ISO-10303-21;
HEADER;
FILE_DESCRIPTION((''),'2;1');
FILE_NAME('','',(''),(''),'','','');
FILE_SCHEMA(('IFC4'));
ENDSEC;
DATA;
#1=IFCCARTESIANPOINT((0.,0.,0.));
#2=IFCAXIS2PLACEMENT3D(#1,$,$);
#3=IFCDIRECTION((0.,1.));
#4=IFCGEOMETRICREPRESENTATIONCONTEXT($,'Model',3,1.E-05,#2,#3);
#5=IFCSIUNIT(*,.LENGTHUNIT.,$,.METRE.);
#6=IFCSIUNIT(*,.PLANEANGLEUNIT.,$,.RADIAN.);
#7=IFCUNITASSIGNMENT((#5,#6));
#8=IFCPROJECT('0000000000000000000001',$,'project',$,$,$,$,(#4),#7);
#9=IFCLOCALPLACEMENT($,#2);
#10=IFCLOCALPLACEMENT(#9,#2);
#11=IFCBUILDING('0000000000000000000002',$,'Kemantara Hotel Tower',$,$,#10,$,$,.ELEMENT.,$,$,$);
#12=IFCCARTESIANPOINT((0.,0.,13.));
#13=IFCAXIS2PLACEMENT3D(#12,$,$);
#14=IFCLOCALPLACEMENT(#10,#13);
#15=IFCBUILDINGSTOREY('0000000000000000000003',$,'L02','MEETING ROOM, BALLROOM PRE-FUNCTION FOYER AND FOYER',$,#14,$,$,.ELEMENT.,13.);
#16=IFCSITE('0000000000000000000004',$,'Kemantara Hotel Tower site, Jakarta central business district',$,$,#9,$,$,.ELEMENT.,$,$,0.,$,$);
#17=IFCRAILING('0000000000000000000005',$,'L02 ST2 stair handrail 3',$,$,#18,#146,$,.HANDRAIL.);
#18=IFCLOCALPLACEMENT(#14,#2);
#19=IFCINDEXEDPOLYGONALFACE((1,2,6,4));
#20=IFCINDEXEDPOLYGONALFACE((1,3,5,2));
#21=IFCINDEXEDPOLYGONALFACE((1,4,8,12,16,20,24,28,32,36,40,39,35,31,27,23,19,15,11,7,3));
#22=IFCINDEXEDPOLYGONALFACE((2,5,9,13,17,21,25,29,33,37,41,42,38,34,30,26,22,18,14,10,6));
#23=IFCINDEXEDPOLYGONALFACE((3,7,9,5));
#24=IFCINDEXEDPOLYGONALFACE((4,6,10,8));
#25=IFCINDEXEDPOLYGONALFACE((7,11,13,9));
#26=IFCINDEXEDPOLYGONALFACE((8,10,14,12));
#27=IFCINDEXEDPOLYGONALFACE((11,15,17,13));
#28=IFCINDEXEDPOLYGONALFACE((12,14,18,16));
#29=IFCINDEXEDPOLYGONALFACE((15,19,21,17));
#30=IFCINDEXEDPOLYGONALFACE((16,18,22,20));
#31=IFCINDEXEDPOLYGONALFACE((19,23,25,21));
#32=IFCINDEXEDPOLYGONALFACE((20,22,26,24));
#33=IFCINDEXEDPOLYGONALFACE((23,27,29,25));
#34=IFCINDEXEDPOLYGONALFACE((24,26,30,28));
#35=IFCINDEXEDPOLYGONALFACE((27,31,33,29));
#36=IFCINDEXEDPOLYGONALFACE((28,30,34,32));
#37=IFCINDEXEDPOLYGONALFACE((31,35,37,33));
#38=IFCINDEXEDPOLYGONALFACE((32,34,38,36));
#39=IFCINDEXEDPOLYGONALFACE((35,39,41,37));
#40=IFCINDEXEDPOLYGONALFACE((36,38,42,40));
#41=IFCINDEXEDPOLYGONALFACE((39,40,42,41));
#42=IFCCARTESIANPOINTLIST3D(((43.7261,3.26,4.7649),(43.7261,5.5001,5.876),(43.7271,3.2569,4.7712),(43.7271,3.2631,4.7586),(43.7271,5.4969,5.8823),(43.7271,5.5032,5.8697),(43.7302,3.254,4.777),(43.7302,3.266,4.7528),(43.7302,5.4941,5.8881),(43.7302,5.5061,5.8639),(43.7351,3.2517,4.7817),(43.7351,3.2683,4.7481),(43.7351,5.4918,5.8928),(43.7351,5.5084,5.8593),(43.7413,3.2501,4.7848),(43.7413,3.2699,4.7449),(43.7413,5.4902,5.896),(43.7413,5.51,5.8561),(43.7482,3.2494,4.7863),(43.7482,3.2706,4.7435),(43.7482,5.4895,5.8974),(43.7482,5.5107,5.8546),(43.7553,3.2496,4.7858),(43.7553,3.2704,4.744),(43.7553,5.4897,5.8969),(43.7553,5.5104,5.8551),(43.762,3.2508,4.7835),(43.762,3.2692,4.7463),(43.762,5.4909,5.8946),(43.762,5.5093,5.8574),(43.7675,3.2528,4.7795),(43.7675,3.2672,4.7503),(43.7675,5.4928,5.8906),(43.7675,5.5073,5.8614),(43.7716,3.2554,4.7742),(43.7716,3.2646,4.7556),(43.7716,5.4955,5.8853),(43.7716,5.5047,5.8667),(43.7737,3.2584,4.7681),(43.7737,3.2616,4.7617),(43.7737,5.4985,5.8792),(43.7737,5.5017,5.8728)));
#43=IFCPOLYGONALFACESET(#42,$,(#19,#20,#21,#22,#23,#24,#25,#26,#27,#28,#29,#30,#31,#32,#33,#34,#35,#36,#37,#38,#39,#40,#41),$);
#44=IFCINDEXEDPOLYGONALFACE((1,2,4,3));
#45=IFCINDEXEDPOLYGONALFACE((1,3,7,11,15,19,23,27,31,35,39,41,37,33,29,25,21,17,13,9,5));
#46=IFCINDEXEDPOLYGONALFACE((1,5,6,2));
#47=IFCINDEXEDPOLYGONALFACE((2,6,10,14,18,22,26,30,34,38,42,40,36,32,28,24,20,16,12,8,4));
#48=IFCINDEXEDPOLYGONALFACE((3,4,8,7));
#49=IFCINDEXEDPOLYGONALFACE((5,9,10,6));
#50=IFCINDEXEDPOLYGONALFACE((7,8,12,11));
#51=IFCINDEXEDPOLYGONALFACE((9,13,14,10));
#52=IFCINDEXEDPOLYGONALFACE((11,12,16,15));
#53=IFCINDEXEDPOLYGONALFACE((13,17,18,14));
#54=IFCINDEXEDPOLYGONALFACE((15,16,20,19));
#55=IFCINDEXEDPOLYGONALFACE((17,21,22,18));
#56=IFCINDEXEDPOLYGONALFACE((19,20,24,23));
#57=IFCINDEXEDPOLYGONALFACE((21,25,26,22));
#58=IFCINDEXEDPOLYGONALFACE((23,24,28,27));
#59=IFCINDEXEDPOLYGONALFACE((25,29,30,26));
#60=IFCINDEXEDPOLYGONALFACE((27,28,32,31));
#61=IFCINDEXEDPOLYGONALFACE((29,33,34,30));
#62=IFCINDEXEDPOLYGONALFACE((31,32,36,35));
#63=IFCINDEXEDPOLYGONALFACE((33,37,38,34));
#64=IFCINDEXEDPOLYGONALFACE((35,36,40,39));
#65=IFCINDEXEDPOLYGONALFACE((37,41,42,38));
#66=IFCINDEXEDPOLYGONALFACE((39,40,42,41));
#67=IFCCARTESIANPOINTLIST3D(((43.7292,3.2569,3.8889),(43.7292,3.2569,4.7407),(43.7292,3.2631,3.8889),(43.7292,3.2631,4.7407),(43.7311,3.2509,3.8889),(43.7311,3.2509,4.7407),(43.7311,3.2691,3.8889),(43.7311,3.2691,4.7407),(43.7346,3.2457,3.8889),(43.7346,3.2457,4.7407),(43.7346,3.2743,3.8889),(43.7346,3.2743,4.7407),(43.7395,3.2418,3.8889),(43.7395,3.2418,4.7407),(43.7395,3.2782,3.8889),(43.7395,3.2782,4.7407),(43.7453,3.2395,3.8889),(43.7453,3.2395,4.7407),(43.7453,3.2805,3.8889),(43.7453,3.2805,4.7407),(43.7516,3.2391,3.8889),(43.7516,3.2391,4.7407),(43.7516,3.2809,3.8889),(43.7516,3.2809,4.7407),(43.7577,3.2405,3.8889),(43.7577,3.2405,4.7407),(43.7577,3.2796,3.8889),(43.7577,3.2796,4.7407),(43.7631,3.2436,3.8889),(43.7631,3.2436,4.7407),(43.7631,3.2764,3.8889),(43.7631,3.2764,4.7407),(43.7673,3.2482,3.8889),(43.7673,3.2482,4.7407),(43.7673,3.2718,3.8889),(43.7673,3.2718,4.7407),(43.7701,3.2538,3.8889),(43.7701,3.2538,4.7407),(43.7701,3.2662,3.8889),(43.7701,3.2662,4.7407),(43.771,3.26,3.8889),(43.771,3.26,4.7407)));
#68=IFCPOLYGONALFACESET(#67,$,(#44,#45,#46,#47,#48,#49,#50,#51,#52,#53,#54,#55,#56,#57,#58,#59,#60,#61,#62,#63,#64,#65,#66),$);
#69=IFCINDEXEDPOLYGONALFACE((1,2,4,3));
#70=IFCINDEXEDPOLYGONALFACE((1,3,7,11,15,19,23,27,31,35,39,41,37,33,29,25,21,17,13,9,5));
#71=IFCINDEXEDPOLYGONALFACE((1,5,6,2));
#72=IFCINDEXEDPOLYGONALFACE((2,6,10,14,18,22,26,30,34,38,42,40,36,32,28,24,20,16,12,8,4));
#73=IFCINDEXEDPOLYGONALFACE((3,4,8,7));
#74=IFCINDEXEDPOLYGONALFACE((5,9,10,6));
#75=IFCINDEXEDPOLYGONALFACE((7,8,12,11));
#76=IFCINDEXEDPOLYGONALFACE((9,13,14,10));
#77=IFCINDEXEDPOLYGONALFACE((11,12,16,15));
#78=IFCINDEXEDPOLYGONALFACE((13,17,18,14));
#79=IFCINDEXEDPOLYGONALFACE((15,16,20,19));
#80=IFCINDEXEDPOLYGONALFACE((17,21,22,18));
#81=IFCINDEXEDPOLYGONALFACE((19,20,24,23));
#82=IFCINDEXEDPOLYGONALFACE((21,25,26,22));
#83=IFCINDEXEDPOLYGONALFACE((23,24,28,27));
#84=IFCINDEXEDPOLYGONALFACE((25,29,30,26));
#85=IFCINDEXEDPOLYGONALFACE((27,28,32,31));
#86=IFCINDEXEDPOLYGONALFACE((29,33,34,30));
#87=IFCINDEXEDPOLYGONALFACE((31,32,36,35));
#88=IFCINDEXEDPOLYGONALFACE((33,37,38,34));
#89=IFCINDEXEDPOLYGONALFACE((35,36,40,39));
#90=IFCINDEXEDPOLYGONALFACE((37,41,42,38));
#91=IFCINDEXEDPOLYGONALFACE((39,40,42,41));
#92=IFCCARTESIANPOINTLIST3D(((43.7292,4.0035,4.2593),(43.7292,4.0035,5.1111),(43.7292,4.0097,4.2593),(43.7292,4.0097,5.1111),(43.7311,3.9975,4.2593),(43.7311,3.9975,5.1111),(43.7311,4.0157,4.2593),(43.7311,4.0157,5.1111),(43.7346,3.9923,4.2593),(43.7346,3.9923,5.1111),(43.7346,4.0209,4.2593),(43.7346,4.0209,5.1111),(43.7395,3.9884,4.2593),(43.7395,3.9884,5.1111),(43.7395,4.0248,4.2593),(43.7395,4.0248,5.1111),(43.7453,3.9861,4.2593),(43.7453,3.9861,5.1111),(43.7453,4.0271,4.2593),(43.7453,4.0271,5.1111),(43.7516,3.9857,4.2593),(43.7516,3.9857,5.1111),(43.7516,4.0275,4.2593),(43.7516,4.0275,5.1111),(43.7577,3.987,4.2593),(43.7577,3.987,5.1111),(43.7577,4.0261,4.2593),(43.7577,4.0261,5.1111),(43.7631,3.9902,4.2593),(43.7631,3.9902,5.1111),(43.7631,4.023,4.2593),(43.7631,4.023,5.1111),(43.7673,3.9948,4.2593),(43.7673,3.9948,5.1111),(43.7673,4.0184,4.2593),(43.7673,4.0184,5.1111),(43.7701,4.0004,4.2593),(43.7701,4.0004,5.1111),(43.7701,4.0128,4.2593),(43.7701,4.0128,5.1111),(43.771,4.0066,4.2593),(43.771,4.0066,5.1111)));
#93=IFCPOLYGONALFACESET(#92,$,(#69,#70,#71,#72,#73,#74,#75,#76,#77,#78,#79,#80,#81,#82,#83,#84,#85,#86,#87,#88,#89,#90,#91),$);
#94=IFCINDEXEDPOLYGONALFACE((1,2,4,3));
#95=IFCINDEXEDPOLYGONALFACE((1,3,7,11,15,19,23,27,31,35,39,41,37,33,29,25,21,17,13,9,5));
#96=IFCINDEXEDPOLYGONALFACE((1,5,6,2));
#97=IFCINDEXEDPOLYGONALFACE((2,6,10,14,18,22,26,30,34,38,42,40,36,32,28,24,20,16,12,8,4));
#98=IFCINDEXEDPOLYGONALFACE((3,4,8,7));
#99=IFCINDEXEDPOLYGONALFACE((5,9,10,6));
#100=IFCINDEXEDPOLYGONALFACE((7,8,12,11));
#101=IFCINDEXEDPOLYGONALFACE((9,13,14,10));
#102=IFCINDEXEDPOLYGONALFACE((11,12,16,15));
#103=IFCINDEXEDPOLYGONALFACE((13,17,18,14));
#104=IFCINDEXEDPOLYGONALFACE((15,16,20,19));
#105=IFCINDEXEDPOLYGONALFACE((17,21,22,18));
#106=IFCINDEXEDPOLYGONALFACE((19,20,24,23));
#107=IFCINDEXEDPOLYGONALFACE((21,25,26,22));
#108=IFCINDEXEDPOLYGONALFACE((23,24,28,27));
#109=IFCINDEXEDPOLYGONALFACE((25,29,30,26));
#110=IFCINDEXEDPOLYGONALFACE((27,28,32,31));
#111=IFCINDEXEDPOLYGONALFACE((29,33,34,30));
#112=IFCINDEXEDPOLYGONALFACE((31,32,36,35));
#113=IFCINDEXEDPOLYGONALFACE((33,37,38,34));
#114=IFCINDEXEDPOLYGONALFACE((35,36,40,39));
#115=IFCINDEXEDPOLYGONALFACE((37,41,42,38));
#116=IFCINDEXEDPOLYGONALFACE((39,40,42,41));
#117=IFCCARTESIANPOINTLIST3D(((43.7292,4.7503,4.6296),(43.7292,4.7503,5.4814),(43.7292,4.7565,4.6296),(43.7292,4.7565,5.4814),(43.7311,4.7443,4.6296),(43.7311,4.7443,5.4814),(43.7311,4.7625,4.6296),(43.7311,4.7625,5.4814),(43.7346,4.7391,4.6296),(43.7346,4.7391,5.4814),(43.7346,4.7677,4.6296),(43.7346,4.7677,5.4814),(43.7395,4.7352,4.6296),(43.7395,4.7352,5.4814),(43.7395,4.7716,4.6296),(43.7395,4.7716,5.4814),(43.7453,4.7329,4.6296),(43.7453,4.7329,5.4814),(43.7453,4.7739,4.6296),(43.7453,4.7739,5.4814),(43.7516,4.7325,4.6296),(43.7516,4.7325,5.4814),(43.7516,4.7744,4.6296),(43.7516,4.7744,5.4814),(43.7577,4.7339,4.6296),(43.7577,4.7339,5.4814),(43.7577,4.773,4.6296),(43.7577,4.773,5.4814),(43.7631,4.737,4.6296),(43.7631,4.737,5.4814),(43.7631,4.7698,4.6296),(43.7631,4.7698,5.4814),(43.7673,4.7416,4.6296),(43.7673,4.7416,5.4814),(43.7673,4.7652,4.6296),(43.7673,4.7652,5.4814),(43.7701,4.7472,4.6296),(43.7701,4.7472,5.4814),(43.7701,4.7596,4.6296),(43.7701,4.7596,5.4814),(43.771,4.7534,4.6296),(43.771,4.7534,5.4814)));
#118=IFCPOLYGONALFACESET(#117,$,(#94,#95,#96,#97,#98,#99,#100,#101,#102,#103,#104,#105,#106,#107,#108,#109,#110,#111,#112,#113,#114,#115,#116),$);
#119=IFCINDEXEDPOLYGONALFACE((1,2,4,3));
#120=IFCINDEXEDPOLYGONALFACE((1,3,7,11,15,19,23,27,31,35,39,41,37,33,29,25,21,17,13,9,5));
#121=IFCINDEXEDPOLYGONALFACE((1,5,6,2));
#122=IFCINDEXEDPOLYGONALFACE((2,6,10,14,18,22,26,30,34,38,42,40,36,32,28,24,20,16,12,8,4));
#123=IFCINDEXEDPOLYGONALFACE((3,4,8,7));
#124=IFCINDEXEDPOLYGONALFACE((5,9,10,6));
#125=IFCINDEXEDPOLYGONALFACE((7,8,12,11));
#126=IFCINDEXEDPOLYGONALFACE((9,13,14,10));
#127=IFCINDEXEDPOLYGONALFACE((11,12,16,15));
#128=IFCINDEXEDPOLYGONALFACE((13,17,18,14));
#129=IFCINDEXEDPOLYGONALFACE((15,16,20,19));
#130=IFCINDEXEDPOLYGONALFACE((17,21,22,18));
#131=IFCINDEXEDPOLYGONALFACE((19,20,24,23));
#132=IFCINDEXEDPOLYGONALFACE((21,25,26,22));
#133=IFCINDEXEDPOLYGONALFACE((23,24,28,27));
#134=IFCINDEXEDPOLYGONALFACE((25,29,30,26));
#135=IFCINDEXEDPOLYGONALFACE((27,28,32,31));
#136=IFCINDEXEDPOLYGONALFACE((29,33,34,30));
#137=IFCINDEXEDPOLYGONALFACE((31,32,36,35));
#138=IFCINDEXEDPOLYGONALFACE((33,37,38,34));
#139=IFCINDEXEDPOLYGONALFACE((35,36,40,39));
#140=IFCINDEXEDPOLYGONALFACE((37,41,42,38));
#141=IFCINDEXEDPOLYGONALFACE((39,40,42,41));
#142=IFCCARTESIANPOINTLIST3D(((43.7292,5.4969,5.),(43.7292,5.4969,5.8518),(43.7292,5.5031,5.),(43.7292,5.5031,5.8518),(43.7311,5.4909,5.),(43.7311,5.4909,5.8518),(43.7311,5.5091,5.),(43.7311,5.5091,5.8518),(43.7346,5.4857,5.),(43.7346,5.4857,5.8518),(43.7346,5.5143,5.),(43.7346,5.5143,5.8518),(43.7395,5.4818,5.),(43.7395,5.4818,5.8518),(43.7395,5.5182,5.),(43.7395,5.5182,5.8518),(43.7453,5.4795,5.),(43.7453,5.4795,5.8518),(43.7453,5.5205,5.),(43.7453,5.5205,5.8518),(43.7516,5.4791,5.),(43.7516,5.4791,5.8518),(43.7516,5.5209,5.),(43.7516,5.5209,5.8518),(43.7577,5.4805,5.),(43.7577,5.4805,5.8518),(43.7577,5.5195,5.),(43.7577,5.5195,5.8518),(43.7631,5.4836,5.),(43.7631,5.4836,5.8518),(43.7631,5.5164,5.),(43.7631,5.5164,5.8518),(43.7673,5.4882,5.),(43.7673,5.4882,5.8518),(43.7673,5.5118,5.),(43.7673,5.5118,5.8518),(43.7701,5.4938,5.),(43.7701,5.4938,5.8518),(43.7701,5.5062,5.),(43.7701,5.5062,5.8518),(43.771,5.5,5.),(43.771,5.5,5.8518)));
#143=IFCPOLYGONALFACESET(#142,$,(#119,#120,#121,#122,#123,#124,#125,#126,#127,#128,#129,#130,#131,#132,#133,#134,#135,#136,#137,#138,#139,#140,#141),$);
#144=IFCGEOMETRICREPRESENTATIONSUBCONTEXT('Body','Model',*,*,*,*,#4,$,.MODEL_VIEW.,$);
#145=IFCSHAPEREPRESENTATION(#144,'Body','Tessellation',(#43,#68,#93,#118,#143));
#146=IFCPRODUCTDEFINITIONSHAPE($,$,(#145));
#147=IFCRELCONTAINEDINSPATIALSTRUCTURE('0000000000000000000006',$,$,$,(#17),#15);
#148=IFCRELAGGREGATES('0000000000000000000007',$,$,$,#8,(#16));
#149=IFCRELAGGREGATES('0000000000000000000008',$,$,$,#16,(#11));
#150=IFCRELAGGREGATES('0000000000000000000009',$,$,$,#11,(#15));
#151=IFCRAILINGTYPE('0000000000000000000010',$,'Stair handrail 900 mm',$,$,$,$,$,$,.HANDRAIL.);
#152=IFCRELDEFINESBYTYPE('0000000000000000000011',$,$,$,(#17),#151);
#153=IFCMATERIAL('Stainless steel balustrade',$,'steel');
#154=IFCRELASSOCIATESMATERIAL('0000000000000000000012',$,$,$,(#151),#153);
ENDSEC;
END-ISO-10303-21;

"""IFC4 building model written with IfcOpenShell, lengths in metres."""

from ifc_helpers import new_model, si_unit, direction, frame, origin, origin_2d, place, context, subcontext, project, spatial, circle, extrude, material, type_object, element, save


model = new_model("IFC4")

# Units and contexts
model_context = context("Model", 3, precision=1e-05, world=origin(), true_north=direction((0.0, 1.0)))
body_context = subcontext(model_context, "Body", "Model", "MODEL_VIEW")
ifc_project = project(units=[si_unit("LENGTHUNIT", "METRE"), si_unit("PLANEANGLEUNIT", "RADIAN")], contexts=[model_context])

# Site, building, storey
site_placement = place(None, origin())
site = spatial("IfcSite", under=ifc_project, at=site_placement, Name="Kemantara Hotel Tower site, Jakarta central business district", CompositionType="ELEMENT", RefElevation=0.0)
building_placement = place(site_placement, origin())
building = spatial("IfcBuilding", under=site, at=building_placement, Name="Kemantara Hotel Tower", CompositionType="ELEMENT")
storey_placement = place(building_placement, frame((0.0, 0.0, 13.0)))
storey = spatial("IfcBuildingStorey", under=building, at=storey_placement, Name="L02", Description="MEETING ROOM, BALLROOM PRE-FUNCTION FOYER AND FOYER", CompositionType="ELEMENT", Elevation=13.0)

# Railing
ifc_material_1 = material(Name="Stainless steel balustrade", Category="steel")
railing_type_1 = type_object("IfcRailingType", Name="Stair handrail 900 mm", PredefinedType="HANDRAIL", material=ifc_material_1)
railing_1_placement = place(storey_placement, frame((43.75, 3.26, 3.8889)))
element("IfcRailing", 1, at=railing_1_placement, inside=storey, type_object=railing_type_1, Name="L02 ST2 stair handrail 3", PredefinedType="HANDRAIL", context=body_context, shape_type="SweptSolid", body=[
    extrude(circle(Radius=0.0239, at=origin_2d()), frame((0.0, 0.0, 0.876), z_axis=(0.0, 0.895848, 0.44436), x_axis=(-1.0, 0.0, 0.0)), (0.0, 0.0, 1.0), 2.5005),
    extrude(circle(Radius=0.021, at=origin_2d()), origin(), (0.0, 0.0, 1.0), 0.8518),
    extrude(circle(Radius=0.021, at=origin_2d()), frame((0.0, 0.7466, 0.3704)), (0.0, 0.0, 1.0), 0.8518),
    extrude(circle(Radius=0.021, at=origin_2d()), frame((0.0, 1.4934, 0.7407)), (0.0, 0.0, 1.0), 0.8518),
    extrude(circle(Radius=0.021, at=origin_2d()), frame((0.0, 2.24, 1.1111)), (0.0, 0.0, 1.0), 0.8518),
])

save(model, "model.ifc")
